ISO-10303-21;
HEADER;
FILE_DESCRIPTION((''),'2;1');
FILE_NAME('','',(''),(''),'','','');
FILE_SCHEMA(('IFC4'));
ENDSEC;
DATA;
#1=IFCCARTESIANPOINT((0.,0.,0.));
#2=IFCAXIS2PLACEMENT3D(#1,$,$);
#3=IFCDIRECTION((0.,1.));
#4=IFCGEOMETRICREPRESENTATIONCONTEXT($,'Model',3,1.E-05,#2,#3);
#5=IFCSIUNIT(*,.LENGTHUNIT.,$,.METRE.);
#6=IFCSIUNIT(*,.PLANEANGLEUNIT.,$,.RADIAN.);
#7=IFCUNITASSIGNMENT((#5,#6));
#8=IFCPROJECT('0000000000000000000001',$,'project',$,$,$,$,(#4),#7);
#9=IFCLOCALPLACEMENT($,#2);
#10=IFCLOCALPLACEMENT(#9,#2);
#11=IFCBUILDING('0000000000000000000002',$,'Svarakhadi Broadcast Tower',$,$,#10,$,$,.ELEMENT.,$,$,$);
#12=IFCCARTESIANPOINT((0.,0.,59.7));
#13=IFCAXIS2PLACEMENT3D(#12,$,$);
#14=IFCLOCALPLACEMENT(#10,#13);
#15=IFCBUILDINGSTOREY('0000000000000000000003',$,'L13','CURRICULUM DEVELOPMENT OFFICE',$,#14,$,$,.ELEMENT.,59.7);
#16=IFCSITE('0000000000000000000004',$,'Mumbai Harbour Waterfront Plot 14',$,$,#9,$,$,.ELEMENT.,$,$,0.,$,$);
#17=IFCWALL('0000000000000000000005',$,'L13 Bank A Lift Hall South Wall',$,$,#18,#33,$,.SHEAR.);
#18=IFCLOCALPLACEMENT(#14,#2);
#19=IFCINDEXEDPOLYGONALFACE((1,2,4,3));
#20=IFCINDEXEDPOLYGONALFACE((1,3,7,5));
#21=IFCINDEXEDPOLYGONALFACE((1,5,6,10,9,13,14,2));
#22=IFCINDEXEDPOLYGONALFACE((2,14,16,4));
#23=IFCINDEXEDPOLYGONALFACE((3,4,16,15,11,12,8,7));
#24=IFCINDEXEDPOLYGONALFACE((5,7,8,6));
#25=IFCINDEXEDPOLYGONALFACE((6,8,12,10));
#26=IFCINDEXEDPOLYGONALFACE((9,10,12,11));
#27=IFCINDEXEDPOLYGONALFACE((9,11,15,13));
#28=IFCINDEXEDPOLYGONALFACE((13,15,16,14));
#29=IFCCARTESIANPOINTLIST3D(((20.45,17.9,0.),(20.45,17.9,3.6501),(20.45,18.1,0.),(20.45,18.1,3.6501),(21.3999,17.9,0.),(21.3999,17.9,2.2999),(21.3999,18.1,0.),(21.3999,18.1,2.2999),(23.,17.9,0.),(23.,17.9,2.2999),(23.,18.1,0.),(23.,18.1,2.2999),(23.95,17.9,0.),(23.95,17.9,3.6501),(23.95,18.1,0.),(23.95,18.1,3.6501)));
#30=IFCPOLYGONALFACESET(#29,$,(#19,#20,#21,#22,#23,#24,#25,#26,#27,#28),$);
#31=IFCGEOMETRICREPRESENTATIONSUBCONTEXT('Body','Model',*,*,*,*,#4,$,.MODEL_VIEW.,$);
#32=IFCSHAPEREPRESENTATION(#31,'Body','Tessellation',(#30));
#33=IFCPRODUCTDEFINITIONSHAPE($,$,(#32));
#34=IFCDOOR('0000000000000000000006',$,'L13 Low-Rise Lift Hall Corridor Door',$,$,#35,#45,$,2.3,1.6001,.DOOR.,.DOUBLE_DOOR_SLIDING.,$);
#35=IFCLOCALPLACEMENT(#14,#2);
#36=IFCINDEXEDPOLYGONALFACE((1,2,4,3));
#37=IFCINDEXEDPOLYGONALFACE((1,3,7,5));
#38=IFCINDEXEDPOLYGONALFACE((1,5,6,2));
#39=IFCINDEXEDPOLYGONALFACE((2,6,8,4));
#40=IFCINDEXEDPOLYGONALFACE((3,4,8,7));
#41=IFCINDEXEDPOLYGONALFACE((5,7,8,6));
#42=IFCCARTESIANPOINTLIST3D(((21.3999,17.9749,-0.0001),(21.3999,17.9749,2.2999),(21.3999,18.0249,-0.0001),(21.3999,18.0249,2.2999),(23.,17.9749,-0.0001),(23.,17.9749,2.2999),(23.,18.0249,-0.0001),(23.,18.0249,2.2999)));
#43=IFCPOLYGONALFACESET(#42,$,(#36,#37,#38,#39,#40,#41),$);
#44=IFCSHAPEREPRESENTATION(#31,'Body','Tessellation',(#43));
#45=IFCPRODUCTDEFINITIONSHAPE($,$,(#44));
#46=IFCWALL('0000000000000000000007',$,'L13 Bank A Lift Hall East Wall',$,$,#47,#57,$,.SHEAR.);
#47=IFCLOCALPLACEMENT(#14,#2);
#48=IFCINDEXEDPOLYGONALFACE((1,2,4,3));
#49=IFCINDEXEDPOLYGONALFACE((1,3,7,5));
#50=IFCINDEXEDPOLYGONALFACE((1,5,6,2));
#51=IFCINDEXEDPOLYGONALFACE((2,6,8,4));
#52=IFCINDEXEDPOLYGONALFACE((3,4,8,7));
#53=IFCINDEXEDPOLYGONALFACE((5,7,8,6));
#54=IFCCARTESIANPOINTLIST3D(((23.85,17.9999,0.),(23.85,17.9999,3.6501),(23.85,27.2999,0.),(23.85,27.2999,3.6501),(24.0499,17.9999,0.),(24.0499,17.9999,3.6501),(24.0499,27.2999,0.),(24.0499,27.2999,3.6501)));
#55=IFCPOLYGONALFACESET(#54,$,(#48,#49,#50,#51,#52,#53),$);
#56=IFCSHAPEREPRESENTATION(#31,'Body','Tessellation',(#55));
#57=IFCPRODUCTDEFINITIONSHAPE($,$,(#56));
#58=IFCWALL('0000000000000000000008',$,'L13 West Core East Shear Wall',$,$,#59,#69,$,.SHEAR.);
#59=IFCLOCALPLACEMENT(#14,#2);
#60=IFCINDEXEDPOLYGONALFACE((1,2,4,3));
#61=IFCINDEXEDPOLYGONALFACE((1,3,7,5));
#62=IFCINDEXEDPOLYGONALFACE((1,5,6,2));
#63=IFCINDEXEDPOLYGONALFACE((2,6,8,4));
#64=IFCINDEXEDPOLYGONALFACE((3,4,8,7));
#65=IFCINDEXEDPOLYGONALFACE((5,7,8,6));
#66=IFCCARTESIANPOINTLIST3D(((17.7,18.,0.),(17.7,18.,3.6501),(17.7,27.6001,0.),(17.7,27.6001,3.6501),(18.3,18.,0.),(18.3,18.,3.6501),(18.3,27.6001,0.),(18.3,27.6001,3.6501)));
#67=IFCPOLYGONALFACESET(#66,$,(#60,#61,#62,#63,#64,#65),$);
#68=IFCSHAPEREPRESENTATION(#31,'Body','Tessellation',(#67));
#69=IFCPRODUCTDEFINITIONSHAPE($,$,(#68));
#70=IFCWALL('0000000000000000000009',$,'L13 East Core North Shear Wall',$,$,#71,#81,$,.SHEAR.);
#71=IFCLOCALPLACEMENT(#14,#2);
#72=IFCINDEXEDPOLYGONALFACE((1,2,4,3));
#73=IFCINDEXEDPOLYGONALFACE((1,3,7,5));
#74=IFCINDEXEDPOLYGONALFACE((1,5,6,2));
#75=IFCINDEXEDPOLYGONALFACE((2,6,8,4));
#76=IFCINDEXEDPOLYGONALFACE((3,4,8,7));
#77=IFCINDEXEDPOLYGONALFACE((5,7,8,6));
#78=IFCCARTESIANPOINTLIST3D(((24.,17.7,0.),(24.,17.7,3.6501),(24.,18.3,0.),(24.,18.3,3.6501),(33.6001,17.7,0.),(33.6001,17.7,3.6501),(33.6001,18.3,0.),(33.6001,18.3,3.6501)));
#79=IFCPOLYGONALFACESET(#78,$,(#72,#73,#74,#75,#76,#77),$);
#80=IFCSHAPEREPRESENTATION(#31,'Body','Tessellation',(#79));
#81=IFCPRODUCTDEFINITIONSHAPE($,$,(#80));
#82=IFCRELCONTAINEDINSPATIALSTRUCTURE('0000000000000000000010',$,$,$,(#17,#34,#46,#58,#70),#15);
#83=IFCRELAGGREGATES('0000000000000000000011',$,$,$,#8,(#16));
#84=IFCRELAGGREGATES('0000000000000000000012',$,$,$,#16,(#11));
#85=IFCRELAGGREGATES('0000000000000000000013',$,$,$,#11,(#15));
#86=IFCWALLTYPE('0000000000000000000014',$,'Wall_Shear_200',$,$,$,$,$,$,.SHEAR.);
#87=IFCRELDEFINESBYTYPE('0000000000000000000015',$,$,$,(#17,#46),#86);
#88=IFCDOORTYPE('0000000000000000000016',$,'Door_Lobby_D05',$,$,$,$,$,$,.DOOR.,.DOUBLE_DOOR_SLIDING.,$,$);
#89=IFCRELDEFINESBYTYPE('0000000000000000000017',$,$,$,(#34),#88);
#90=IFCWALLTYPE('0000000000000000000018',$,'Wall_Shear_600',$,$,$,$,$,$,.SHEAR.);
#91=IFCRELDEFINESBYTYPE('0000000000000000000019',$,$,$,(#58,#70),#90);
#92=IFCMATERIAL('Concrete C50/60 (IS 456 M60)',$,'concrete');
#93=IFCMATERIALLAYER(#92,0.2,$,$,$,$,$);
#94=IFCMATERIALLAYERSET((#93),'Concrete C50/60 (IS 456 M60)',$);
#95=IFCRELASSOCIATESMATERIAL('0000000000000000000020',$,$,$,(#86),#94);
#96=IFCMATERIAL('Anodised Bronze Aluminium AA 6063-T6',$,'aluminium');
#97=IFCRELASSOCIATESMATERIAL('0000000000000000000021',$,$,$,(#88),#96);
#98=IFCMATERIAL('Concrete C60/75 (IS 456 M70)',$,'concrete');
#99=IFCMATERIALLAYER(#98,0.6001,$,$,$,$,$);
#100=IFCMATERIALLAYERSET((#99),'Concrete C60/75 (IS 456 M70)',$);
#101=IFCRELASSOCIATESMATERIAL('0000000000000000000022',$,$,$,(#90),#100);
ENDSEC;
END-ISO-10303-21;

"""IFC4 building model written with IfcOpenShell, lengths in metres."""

from ifc_helpers import new_model, si_unit, direction, frame, frame_2d, origin, place, context, subcontext, project, spatial, rectangle, extrude, material, layer, layer_set, type_object, element, fill, save


model = new_model("IFC4")

# Units and contexts
model_context = context("Model", 3, precision=1e-05, world=origin(), true_north=direction((0.0, 1.0)))
body_context = subcontext(model_context, "Body", "Model", "MODEL_VIEW")
ifc_project = project(units=[si_unit("LENGTHUNIT", "METRE"), si_unit("PLANEANGLEUNIT", "RADIAN")], contexts=[model_context])

# Site, building, storey
site_placement = place(None, origin())
site = spatial("IfcSite", under=ifc_project, at=site_placement, Name="Mumbai Harbour Waterfront Plot 14", CompositionType="ELEMENT", RefElevation=0.0)
building_placement = place(site_placement, origin())
building = spatial("IfcBuilding", under=site, at=building_placement, Name="Svarakhadi Broadcast Tower", CompositionType="ELEMENT")
storey_placement = place(building_placement, frame((0.0, 0.0, 59.7)))
storey = spatial("IfcBuildingStorey", under=building, at=storey_placement, Name="L13", Description="CURRICULUM DEVELOPMENT OFFICE", CompositionType="ELEMENT", Elevation=59.7)

# Shared definitions
ifc_material_1 = material(Name="Concrete C60/75 (IS 456 M70)", Category="concrete")

# Shared definitions
ifc_material_2 = material(Name="Anodised Bronze Aluminium AA 6063-T6", Category="aluminium")

# Shared definitions
ifc_material_3 = material(Name="Concrete C50/60 (IS 456 M60)", Category="concrete")
ifc_layer_1 = layer(ifc_material_3, 0.2)
ifc_layer_set_1 = layer_set([ifc_layer_1], Name="Concrete C50/60 (IS 456 M60)")
wall_type_1 = type_object("IfcWallType", Name="Wall_Shear_200", PredefinedType="SHEAR", material=ifc_layer_set_1)

# Wall, opening, door
wall_1_placement = place(storey_placement, frame((20.45, 18.0, 0.0), z_axis=(0.0, 0.0, 1.0), x_axis=(1.0, 0.0, 0.0)))
wall_1 = element("IfcWall", 1, at=wall_1_placement, inside=storey, type_object=wall_type_1, Name="L13 Bank A Lift Hall South Wall", PredefinedType="SHEAR", context=body_context, shape_type="SweptSolid", body=[
    extrude(rectangle(XDim=3.5, YDim=0.2, at=frame_2d((1.75, 0.0))), origin(), (0.0, 0.0, 1.0), 3.6501),
])
opening_1_placement = place(wall_1_placement, frame((0.95, 0.0, 0.0)))
opening_1 = element("IfcOpeningElement", 2, at=opening_1_placement, cuts=wall_1, PredefinedType="OPENING", context=body_context, shape_type="SweptSolid", body=[
    extrude(rectangle(XDim=1.6001, YDim=2.3, at=frame_2d((0.8, 1.1499))), frame((0.0, 0.1099, 0.0), z_axis=(0.0, -1.0, 0.0), x_axis=(1.0, 0.0, 0.0)), (0.0, 0.0, 1.0), 0.22),
])
door_type_1 = type_object("IfcDoorType", Name="Door_Lobby_D05", OperationType="DOUBLE_DOOR_SLIDING", PredefinedType="DOOR", material=ifc_material_2)
door_1_placement = place(opening_1_placement, origin())
door_1 = element("IfcDoor", 3, at=door_1_placement, inside=storey, type_object=door_type_1, Name="L13 Low-Rise Lift Hall Corridor Door", OperationType="DOUBLE_DOOR_SLIDING", OverallHeight=2.3, OverallWidth=1.6001, PredefinedType="DOOR", context=body_context, shape_type="SweptSolid", body=[
    extrude(rectangle(XDim=1.6001, YDim=2.3, at=frame_2d((0.8, 1.1499))), frame((0.0, 0.0249, 0.0), z_axis=(0.0, -1.0, 0.0), x_axis=(1.0, 0.0, 0.0)), (0.0, 0.0, 1.0), 0.05),
])
fill(opening_1, door_1)

# Walls
wall_2_placement = place(storey_placement, frame((23.95, 18.0, 0.0), z_axis=(0.0, 0.0, 1.0), x_axis=(0.0, 1.0, 0.0)))
element("IfcWall", 4, at=wall_2_placement, inside=storey, type_object=wall_type_1, Name="L13 Bank A Lift Hall East Wall", PredefinedType="SHEAR", context=body_context, shape_type="SweptSolid", body=[
    extrude(rectangle(XDim=9.3, YDim=0.2, at=frame_2d((4.6499, 0.0))), origin(), (0.0, 0.0, 1.0), 3.6501),
])
ifc_layer_2 = layer(ifc_material_1, 0.6001)
ifc_layer_set_2 = layer_set([ifc_layer_2], Name="Concrete C60/75 (IS 456 M70)")
wall_type_2 = type_object("IfcWallType", Name="Wall_Shear_600", PredefinedType="SHEAR", material=ifc_layer_set_2)
for number, where, z_axis, x_axis, name in (
    (5, (18.0, 18.0, 0.0), (0.0, 0.0, 1.0), (0.0, 1.0, 0.0), "L13 West Core East Shear Wall"),
    (6, (24.0, 18.0, 0.0), (0.0, 0.0, 1.0), (1.0, 0.0, 0.0), "L13 East Core North Shear Wall"),
):
    element("IfcWall", number, at=place(storey_placement, frame(where, z_axis=z_axis, x_axis=x_axis)), inside=storey, type_object=wall_type_2, Name=name, PredefinedType="SHEAR", context=body_context, shape_type="SweptSolid", body=[
        extrude(rectangle(XDim=9.6001, YDim=0.6001, at=frame_2d((4.8, 0.0))), origin(), (0.0, 0.0, 1.0), 3.6501),
    ])

save(model, "model.ifc")
